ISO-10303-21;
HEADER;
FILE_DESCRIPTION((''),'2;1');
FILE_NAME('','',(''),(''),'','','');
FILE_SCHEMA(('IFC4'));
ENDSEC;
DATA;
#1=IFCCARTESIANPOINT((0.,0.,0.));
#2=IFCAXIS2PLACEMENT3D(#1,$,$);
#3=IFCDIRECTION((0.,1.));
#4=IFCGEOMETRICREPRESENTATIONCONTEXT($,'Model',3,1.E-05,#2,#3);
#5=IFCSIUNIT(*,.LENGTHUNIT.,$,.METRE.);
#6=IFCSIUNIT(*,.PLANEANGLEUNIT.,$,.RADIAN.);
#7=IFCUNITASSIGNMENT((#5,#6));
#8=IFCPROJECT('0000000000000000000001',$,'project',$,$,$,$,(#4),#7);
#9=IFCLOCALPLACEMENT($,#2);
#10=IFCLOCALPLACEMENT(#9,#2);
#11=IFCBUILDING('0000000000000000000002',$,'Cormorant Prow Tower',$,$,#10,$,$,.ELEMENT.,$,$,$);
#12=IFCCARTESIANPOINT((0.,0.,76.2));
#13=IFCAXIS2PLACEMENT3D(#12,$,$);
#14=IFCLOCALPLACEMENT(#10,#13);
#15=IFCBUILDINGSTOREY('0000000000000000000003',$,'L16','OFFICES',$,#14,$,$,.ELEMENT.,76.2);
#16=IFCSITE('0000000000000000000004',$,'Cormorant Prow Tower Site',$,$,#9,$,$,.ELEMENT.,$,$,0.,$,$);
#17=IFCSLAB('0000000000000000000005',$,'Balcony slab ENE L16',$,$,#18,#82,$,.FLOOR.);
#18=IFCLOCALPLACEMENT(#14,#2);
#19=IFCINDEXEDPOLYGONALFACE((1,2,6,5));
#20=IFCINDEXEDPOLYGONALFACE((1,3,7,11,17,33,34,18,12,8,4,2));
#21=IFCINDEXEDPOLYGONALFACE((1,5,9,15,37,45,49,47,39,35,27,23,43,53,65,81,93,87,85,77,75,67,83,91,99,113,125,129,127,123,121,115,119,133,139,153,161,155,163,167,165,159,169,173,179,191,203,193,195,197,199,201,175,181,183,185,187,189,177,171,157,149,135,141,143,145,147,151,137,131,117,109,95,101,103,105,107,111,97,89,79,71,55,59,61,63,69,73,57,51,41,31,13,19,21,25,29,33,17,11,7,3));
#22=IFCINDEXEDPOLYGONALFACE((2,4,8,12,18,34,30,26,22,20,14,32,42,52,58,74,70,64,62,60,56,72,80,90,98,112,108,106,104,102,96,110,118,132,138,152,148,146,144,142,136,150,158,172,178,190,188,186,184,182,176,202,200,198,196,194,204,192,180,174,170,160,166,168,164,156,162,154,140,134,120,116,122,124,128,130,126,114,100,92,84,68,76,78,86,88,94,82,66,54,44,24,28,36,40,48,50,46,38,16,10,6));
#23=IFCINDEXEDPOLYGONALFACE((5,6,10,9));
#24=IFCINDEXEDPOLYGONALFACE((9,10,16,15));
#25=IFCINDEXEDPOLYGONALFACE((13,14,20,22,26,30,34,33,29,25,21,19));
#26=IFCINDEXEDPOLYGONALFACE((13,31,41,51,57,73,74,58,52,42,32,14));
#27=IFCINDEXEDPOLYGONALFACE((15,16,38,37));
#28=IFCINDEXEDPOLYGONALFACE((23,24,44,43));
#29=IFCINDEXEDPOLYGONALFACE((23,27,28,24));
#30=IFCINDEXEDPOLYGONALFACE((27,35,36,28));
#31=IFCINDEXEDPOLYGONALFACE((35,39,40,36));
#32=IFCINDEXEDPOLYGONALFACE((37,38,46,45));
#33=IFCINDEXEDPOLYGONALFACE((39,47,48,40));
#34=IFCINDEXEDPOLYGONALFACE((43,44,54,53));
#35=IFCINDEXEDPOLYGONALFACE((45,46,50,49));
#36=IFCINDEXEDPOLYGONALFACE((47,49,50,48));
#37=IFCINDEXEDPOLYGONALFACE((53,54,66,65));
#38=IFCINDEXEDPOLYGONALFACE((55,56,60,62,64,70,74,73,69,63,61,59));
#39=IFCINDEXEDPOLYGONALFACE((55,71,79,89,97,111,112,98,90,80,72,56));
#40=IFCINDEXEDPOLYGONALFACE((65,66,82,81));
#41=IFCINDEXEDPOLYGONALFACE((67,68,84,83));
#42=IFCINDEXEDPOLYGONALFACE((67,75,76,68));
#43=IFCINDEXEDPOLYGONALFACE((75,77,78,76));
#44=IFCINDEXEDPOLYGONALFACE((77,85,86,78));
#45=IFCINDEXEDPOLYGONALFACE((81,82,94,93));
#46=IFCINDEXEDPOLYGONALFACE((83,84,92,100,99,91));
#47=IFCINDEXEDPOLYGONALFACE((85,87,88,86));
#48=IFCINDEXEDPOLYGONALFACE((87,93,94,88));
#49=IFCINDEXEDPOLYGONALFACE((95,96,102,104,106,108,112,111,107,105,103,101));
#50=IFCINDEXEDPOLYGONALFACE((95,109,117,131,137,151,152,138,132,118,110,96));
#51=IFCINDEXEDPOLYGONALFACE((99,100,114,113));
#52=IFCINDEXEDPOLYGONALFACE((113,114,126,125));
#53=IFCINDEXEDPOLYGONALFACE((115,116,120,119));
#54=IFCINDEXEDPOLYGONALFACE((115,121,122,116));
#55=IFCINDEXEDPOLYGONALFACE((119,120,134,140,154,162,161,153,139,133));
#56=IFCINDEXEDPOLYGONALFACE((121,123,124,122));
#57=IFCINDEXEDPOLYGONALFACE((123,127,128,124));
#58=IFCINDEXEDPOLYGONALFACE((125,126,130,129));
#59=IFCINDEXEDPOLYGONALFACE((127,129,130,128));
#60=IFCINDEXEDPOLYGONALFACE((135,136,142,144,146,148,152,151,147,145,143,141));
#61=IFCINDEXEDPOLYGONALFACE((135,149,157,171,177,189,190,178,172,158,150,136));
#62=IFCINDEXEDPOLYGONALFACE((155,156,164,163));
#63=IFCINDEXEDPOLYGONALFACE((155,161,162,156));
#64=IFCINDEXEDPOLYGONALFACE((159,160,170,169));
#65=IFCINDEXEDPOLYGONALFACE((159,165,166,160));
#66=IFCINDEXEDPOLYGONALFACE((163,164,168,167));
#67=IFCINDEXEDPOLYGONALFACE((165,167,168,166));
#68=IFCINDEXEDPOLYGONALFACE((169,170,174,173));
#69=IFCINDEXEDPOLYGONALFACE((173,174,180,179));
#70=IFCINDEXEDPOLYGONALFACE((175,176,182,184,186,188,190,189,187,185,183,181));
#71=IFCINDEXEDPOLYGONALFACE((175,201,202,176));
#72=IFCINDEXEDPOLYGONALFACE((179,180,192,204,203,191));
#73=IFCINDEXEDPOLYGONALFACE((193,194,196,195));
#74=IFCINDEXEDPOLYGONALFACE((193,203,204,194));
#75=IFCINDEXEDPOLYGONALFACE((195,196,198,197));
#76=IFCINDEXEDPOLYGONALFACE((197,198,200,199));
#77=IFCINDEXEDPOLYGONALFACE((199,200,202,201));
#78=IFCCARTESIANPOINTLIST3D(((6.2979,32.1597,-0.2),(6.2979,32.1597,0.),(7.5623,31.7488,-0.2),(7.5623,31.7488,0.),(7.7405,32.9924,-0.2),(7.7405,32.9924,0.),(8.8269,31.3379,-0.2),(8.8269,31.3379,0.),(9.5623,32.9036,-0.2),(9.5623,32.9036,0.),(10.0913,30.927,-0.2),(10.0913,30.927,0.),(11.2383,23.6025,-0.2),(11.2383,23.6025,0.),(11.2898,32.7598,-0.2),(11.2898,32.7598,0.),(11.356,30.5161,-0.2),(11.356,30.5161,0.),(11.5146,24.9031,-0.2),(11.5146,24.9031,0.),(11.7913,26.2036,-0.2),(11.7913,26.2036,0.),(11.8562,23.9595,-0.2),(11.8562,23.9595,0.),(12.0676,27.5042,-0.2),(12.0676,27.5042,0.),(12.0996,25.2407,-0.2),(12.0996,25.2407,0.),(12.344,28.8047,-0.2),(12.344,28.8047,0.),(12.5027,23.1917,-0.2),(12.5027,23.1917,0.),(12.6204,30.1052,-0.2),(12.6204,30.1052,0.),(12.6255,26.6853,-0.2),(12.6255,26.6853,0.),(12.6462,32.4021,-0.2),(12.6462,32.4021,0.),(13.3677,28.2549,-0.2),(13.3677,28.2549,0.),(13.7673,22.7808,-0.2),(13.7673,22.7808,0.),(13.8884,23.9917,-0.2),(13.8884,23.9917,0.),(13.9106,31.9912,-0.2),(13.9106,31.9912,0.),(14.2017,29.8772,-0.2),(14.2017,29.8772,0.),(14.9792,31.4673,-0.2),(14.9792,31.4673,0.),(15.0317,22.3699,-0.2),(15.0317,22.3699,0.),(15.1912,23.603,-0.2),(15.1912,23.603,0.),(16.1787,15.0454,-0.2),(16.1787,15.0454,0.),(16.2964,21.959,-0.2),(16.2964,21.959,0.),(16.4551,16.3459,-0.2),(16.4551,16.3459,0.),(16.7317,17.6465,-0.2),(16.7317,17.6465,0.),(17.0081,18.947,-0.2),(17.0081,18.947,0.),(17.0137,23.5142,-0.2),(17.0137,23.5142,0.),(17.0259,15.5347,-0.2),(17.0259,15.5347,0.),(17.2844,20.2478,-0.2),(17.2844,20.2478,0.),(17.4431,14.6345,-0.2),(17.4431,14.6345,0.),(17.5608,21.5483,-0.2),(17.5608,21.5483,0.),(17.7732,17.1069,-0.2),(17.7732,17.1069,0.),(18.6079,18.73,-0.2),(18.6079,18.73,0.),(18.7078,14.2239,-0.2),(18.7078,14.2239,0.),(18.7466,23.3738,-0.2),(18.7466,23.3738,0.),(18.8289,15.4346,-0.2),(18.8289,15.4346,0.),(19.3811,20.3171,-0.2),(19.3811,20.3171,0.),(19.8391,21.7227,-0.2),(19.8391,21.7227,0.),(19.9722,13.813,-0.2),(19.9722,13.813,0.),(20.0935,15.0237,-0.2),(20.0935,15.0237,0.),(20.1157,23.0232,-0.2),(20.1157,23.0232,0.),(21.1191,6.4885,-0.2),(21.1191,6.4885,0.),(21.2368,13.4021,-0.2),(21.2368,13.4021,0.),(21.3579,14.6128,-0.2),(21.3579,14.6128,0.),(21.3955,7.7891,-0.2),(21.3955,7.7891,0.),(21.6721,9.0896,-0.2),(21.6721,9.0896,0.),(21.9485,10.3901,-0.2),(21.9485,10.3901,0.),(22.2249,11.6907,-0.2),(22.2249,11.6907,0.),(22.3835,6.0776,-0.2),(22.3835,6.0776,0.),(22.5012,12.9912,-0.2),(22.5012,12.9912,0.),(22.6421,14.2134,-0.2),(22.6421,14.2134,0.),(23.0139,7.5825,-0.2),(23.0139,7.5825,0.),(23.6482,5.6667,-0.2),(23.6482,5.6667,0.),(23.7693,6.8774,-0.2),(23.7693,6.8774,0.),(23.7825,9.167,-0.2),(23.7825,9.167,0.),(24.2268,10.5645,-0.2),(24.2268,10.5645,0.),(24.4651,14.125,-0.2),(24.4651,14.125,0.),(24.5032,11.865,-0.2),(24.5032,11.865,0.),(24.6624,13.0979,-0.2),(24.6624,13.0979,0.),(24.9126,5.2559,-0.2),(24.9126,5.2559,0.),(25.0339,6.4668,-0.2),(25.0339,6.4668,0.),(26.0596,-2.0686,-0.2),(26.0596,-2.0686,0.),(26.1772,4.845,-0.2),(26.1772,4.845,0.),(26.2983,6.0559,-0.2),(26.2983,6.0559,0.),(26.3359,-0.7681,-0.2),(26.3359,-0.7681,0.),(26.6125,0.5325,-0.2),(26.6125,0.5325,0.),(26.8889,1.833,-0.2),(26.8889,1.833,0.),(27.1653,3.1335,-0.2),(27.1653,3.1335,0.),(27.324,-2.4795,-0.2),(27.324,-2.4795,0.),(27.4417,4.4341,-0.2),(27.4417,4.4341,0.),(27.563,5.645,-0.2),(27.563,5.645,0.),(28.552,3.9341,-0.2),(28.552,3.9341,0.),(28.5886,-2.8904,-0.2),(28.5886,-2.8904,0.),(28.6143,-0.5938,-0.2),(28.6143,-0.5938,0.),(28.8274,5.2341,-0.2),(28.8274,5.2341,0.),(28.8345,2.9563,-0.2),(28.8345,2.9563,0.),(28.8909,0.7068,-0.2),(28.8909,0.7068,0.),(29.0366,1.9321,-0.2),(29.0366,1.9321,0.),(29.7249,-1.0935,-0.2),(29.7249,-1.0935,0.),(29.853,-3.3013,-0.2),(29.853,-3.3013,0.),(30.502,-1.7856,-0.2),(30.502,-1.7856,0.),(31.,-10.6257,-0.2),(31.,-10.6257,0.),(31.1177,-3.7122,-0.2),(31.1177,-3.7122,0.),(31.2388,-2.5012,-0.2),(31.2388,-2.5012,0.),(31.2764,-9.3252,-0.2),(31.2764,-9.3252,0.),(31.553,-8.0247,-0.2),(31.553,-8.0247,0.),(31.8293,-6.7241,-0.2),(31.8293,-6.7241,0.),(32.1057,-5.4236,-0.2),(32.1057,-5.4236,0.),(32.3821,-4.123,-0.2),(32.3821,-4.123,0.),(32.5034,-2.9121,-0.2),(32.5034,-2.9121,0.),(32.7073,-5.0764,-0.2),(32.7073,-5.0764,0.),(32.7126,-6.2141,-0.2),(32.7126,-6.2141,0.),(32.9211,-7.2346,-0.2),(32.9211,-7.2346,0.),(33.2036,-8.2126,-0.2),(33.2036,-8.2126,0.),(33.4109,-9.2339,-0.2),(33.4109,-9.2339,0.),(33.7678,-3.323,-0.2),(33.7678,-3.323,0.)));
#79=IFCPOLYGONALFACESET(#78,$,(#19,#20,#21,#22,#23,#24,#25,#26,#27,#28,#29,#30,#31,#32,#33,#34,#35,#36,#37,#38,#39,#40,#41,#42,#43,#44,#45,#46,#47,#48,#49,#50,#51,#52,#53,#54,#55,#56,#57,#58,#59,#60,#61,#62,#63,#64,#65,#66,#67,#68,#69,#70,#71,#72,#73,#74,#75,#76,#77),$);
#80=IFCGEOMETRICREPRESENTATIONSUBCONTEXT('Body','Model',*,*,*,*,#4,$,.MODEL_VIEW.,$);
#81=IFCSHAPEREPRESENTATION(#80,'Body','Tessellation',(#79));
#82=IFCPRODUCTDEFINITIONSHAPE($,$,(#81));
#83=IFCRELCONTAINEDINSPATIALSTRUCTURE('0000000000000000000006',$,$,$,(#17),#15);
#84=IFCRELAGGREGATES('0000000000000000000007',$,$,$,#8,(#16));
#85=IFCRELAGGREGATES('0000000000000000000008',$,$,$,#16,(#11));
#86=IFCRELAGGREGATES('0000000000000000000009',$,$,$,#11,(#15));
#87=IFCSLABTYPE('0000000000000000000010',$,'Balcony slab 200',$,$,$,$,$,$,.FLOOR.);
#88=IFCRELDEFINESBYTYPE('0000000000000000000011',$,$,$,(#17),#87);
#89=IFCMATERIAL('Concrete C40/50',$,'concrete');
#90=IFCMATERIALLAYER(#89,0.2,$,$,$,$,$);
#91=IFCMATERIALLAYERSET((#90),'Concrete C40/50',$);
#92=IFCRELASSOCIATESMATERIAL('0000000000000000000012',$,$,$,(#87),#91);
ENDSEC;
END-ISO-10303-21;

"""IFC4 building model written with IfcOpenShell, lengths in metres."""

from ifc_helpers import new_model, si_unit, direction, frame, origin, place, context, subcontext, project, spatial, polyline, outline, extrude, material, layer, layer_set, type_object, element, save


model = new_model("IFC4")

# Units and contexts
model_context = context("Model", 3, precision=1e-05, world=origin(), true_north=direction((0.0, 1.0)))
body_context = subcontext(model_context, "Body", "Model", "MODEL_VIEW")
ifc_project = project(units=[si_unit("LENGTHUNIT", "METRE"), si_unit("PLANEANGLEUNIT", "RADIAN")], contexts=[model_context])

# Site, building, storey
site_placement = place(None, origin())
site = spatial("IfcSite", under=ifc_project, at=site_placement, Name="Cormorant Prow Tower Site", CompositionType="ELEMENT", RefElevation=0.0)
building_placement = place(site_placement, origin())
building = spatial("IfcBuilding", under=site, at=building_placement, Name="Cormorant Prow Tower", CompositionType="ELEMENT")
storey_placement = place(building_placement, frame((0.0, 0.0, 76.2)))
storey = spatial("IfcBuildingStorey", under=building, at=storey_placement, Name="L16", Description="OFFICES", CompositionType="ELEMENT", Elevation=76.2)

# Slab
ifc_material_1 = material(Name="Concrete C40/50", Category="concrete")
ifc_layer_1 = layer(ifc_material_1, 0.2)
ifc_layer_set_1 = layer_set([ifc_layer_1], Name="Concrete C40/50")
slab_type_1 = type_object("IfcSlabType", Name="Balcony slab 200", PredefinedType="FLOOR", material=ifc_layer_set_1)
slab_1_placement = place(storey_placement, frame((0.0, 0.0, -0.2)))
element("IfcSlab", 1, at=slab_1_placement, inside=storey, type_object=slab_type_1, Name="Balcony slab ENE L16", PredefinedType="FLOOR", context=body_context, shape_type="SweptSolid", body=[
    extrude(outline(polyline([(31.0, -10.6257), (33.4109, -9.2339), (33.2036, -8.2126), (32.9211, -7.2346), (32.7126, -6.2141), (32.7073, -5.0764), (33.7678, -3.323), (32.5034, -2.9121), (31.2388, -2.5012), (30.502, -1.7856), (29.7249, -1.0935), (28.6143, -0.5938), (28.8909, 0.7068), (29.0366, 1.9321), (28.8345, 2.9563), (28.552, 3.9341), (28.8274, 5.2341), (27.563, 5.645), (26.2983, 6.0559), (25.0339, 6.4668), (23.7693, 6.8774), (23.0139, 7.5825), (23.7825, 9.167), (24.2268, 10.5645), (24.5032, 11.865), (24.6624, 13.0979), (24.4651, 14.125), (22.6421, 14.2134), (21.3579, 14.6128), (20.0935, 15.0237), (18.8289, 15.4346), (17.0259, 15.5347), (17.7732, 17.1069), (18.6079, 18.73), (19.3811, 20.3171), (19.8391, 21.7227), (20.1157, 23.0232), (18.7466, 23.3738), (17.0137, 23.5142), (15.1912, 23.603), (13.8884, 23.9917), (11.8562, 23.9595), (12.0996, 25.2407), (12.6255, 26.6853), (13.3677, 28.2549), (14.2017, 29.8772), (14.9792, 31.4673), (13.9106, 31.9912), (12.6462, 32.4021), (11.2898, 32.7598), (9.5623, 32.9036), (7.7405, 32.9924), (6.2979, 32.1597), (7.5623, 31.7488), (8.8269, 31.3379), (10.0913, 30.927), (11.356, 30.5161), (12.6204, 30.1052), (12.344, 28.8047), (12.0676, 27.5042), (11.7913, 26.2036), (11.5146, 24.9031), (11.2383, 23.6025), (12.5027, 23.1917), (13.7673, 22.7808), (15.0317, 22.3699), (16.2964, 21.959), (17.5608, 21.5483), (17.2844, 20.2478), (17.0081, 18.947), (16.7317, 17.6465), (16.4551, 16.3459), (16.1787, 15.0454), (17.4431, 14.6345), (18.7078, 14.2239), (19.9722, 13.813), (21.2368, 13.4021), (22.5012, 12.9912), (22.2249, 11.6907), (21.9485, 10.3901), (21.6721, 9.0896), (21.3955, 7.7891), (21.1191, 6.4885), (22.3835, 6.0776), (23.6482, 5.6667), (24.9126, 5.2559), (26.1772, 4.845), (27.4417, 4.4341), (27.1653, 3.1335), (26.8889, 1.833), (26.6125, 0.5325), (26.3359, -0.7681), (26.0596, -2.0686), (27.324, -2.4795), (28.5886, -2.8904), (29.853, -3.3013), (31.1177, -3.7122), (32.3821, -4.123), (32.1057, -5.4236), (31.8293, -6.7241), (31.553, -8.0247), (31.2764, -9.3252), (31.0, -10.6257)])), origin(), (0.0, 0.0, 1.0), 0.2),
])

save(model, "model.ifc")
